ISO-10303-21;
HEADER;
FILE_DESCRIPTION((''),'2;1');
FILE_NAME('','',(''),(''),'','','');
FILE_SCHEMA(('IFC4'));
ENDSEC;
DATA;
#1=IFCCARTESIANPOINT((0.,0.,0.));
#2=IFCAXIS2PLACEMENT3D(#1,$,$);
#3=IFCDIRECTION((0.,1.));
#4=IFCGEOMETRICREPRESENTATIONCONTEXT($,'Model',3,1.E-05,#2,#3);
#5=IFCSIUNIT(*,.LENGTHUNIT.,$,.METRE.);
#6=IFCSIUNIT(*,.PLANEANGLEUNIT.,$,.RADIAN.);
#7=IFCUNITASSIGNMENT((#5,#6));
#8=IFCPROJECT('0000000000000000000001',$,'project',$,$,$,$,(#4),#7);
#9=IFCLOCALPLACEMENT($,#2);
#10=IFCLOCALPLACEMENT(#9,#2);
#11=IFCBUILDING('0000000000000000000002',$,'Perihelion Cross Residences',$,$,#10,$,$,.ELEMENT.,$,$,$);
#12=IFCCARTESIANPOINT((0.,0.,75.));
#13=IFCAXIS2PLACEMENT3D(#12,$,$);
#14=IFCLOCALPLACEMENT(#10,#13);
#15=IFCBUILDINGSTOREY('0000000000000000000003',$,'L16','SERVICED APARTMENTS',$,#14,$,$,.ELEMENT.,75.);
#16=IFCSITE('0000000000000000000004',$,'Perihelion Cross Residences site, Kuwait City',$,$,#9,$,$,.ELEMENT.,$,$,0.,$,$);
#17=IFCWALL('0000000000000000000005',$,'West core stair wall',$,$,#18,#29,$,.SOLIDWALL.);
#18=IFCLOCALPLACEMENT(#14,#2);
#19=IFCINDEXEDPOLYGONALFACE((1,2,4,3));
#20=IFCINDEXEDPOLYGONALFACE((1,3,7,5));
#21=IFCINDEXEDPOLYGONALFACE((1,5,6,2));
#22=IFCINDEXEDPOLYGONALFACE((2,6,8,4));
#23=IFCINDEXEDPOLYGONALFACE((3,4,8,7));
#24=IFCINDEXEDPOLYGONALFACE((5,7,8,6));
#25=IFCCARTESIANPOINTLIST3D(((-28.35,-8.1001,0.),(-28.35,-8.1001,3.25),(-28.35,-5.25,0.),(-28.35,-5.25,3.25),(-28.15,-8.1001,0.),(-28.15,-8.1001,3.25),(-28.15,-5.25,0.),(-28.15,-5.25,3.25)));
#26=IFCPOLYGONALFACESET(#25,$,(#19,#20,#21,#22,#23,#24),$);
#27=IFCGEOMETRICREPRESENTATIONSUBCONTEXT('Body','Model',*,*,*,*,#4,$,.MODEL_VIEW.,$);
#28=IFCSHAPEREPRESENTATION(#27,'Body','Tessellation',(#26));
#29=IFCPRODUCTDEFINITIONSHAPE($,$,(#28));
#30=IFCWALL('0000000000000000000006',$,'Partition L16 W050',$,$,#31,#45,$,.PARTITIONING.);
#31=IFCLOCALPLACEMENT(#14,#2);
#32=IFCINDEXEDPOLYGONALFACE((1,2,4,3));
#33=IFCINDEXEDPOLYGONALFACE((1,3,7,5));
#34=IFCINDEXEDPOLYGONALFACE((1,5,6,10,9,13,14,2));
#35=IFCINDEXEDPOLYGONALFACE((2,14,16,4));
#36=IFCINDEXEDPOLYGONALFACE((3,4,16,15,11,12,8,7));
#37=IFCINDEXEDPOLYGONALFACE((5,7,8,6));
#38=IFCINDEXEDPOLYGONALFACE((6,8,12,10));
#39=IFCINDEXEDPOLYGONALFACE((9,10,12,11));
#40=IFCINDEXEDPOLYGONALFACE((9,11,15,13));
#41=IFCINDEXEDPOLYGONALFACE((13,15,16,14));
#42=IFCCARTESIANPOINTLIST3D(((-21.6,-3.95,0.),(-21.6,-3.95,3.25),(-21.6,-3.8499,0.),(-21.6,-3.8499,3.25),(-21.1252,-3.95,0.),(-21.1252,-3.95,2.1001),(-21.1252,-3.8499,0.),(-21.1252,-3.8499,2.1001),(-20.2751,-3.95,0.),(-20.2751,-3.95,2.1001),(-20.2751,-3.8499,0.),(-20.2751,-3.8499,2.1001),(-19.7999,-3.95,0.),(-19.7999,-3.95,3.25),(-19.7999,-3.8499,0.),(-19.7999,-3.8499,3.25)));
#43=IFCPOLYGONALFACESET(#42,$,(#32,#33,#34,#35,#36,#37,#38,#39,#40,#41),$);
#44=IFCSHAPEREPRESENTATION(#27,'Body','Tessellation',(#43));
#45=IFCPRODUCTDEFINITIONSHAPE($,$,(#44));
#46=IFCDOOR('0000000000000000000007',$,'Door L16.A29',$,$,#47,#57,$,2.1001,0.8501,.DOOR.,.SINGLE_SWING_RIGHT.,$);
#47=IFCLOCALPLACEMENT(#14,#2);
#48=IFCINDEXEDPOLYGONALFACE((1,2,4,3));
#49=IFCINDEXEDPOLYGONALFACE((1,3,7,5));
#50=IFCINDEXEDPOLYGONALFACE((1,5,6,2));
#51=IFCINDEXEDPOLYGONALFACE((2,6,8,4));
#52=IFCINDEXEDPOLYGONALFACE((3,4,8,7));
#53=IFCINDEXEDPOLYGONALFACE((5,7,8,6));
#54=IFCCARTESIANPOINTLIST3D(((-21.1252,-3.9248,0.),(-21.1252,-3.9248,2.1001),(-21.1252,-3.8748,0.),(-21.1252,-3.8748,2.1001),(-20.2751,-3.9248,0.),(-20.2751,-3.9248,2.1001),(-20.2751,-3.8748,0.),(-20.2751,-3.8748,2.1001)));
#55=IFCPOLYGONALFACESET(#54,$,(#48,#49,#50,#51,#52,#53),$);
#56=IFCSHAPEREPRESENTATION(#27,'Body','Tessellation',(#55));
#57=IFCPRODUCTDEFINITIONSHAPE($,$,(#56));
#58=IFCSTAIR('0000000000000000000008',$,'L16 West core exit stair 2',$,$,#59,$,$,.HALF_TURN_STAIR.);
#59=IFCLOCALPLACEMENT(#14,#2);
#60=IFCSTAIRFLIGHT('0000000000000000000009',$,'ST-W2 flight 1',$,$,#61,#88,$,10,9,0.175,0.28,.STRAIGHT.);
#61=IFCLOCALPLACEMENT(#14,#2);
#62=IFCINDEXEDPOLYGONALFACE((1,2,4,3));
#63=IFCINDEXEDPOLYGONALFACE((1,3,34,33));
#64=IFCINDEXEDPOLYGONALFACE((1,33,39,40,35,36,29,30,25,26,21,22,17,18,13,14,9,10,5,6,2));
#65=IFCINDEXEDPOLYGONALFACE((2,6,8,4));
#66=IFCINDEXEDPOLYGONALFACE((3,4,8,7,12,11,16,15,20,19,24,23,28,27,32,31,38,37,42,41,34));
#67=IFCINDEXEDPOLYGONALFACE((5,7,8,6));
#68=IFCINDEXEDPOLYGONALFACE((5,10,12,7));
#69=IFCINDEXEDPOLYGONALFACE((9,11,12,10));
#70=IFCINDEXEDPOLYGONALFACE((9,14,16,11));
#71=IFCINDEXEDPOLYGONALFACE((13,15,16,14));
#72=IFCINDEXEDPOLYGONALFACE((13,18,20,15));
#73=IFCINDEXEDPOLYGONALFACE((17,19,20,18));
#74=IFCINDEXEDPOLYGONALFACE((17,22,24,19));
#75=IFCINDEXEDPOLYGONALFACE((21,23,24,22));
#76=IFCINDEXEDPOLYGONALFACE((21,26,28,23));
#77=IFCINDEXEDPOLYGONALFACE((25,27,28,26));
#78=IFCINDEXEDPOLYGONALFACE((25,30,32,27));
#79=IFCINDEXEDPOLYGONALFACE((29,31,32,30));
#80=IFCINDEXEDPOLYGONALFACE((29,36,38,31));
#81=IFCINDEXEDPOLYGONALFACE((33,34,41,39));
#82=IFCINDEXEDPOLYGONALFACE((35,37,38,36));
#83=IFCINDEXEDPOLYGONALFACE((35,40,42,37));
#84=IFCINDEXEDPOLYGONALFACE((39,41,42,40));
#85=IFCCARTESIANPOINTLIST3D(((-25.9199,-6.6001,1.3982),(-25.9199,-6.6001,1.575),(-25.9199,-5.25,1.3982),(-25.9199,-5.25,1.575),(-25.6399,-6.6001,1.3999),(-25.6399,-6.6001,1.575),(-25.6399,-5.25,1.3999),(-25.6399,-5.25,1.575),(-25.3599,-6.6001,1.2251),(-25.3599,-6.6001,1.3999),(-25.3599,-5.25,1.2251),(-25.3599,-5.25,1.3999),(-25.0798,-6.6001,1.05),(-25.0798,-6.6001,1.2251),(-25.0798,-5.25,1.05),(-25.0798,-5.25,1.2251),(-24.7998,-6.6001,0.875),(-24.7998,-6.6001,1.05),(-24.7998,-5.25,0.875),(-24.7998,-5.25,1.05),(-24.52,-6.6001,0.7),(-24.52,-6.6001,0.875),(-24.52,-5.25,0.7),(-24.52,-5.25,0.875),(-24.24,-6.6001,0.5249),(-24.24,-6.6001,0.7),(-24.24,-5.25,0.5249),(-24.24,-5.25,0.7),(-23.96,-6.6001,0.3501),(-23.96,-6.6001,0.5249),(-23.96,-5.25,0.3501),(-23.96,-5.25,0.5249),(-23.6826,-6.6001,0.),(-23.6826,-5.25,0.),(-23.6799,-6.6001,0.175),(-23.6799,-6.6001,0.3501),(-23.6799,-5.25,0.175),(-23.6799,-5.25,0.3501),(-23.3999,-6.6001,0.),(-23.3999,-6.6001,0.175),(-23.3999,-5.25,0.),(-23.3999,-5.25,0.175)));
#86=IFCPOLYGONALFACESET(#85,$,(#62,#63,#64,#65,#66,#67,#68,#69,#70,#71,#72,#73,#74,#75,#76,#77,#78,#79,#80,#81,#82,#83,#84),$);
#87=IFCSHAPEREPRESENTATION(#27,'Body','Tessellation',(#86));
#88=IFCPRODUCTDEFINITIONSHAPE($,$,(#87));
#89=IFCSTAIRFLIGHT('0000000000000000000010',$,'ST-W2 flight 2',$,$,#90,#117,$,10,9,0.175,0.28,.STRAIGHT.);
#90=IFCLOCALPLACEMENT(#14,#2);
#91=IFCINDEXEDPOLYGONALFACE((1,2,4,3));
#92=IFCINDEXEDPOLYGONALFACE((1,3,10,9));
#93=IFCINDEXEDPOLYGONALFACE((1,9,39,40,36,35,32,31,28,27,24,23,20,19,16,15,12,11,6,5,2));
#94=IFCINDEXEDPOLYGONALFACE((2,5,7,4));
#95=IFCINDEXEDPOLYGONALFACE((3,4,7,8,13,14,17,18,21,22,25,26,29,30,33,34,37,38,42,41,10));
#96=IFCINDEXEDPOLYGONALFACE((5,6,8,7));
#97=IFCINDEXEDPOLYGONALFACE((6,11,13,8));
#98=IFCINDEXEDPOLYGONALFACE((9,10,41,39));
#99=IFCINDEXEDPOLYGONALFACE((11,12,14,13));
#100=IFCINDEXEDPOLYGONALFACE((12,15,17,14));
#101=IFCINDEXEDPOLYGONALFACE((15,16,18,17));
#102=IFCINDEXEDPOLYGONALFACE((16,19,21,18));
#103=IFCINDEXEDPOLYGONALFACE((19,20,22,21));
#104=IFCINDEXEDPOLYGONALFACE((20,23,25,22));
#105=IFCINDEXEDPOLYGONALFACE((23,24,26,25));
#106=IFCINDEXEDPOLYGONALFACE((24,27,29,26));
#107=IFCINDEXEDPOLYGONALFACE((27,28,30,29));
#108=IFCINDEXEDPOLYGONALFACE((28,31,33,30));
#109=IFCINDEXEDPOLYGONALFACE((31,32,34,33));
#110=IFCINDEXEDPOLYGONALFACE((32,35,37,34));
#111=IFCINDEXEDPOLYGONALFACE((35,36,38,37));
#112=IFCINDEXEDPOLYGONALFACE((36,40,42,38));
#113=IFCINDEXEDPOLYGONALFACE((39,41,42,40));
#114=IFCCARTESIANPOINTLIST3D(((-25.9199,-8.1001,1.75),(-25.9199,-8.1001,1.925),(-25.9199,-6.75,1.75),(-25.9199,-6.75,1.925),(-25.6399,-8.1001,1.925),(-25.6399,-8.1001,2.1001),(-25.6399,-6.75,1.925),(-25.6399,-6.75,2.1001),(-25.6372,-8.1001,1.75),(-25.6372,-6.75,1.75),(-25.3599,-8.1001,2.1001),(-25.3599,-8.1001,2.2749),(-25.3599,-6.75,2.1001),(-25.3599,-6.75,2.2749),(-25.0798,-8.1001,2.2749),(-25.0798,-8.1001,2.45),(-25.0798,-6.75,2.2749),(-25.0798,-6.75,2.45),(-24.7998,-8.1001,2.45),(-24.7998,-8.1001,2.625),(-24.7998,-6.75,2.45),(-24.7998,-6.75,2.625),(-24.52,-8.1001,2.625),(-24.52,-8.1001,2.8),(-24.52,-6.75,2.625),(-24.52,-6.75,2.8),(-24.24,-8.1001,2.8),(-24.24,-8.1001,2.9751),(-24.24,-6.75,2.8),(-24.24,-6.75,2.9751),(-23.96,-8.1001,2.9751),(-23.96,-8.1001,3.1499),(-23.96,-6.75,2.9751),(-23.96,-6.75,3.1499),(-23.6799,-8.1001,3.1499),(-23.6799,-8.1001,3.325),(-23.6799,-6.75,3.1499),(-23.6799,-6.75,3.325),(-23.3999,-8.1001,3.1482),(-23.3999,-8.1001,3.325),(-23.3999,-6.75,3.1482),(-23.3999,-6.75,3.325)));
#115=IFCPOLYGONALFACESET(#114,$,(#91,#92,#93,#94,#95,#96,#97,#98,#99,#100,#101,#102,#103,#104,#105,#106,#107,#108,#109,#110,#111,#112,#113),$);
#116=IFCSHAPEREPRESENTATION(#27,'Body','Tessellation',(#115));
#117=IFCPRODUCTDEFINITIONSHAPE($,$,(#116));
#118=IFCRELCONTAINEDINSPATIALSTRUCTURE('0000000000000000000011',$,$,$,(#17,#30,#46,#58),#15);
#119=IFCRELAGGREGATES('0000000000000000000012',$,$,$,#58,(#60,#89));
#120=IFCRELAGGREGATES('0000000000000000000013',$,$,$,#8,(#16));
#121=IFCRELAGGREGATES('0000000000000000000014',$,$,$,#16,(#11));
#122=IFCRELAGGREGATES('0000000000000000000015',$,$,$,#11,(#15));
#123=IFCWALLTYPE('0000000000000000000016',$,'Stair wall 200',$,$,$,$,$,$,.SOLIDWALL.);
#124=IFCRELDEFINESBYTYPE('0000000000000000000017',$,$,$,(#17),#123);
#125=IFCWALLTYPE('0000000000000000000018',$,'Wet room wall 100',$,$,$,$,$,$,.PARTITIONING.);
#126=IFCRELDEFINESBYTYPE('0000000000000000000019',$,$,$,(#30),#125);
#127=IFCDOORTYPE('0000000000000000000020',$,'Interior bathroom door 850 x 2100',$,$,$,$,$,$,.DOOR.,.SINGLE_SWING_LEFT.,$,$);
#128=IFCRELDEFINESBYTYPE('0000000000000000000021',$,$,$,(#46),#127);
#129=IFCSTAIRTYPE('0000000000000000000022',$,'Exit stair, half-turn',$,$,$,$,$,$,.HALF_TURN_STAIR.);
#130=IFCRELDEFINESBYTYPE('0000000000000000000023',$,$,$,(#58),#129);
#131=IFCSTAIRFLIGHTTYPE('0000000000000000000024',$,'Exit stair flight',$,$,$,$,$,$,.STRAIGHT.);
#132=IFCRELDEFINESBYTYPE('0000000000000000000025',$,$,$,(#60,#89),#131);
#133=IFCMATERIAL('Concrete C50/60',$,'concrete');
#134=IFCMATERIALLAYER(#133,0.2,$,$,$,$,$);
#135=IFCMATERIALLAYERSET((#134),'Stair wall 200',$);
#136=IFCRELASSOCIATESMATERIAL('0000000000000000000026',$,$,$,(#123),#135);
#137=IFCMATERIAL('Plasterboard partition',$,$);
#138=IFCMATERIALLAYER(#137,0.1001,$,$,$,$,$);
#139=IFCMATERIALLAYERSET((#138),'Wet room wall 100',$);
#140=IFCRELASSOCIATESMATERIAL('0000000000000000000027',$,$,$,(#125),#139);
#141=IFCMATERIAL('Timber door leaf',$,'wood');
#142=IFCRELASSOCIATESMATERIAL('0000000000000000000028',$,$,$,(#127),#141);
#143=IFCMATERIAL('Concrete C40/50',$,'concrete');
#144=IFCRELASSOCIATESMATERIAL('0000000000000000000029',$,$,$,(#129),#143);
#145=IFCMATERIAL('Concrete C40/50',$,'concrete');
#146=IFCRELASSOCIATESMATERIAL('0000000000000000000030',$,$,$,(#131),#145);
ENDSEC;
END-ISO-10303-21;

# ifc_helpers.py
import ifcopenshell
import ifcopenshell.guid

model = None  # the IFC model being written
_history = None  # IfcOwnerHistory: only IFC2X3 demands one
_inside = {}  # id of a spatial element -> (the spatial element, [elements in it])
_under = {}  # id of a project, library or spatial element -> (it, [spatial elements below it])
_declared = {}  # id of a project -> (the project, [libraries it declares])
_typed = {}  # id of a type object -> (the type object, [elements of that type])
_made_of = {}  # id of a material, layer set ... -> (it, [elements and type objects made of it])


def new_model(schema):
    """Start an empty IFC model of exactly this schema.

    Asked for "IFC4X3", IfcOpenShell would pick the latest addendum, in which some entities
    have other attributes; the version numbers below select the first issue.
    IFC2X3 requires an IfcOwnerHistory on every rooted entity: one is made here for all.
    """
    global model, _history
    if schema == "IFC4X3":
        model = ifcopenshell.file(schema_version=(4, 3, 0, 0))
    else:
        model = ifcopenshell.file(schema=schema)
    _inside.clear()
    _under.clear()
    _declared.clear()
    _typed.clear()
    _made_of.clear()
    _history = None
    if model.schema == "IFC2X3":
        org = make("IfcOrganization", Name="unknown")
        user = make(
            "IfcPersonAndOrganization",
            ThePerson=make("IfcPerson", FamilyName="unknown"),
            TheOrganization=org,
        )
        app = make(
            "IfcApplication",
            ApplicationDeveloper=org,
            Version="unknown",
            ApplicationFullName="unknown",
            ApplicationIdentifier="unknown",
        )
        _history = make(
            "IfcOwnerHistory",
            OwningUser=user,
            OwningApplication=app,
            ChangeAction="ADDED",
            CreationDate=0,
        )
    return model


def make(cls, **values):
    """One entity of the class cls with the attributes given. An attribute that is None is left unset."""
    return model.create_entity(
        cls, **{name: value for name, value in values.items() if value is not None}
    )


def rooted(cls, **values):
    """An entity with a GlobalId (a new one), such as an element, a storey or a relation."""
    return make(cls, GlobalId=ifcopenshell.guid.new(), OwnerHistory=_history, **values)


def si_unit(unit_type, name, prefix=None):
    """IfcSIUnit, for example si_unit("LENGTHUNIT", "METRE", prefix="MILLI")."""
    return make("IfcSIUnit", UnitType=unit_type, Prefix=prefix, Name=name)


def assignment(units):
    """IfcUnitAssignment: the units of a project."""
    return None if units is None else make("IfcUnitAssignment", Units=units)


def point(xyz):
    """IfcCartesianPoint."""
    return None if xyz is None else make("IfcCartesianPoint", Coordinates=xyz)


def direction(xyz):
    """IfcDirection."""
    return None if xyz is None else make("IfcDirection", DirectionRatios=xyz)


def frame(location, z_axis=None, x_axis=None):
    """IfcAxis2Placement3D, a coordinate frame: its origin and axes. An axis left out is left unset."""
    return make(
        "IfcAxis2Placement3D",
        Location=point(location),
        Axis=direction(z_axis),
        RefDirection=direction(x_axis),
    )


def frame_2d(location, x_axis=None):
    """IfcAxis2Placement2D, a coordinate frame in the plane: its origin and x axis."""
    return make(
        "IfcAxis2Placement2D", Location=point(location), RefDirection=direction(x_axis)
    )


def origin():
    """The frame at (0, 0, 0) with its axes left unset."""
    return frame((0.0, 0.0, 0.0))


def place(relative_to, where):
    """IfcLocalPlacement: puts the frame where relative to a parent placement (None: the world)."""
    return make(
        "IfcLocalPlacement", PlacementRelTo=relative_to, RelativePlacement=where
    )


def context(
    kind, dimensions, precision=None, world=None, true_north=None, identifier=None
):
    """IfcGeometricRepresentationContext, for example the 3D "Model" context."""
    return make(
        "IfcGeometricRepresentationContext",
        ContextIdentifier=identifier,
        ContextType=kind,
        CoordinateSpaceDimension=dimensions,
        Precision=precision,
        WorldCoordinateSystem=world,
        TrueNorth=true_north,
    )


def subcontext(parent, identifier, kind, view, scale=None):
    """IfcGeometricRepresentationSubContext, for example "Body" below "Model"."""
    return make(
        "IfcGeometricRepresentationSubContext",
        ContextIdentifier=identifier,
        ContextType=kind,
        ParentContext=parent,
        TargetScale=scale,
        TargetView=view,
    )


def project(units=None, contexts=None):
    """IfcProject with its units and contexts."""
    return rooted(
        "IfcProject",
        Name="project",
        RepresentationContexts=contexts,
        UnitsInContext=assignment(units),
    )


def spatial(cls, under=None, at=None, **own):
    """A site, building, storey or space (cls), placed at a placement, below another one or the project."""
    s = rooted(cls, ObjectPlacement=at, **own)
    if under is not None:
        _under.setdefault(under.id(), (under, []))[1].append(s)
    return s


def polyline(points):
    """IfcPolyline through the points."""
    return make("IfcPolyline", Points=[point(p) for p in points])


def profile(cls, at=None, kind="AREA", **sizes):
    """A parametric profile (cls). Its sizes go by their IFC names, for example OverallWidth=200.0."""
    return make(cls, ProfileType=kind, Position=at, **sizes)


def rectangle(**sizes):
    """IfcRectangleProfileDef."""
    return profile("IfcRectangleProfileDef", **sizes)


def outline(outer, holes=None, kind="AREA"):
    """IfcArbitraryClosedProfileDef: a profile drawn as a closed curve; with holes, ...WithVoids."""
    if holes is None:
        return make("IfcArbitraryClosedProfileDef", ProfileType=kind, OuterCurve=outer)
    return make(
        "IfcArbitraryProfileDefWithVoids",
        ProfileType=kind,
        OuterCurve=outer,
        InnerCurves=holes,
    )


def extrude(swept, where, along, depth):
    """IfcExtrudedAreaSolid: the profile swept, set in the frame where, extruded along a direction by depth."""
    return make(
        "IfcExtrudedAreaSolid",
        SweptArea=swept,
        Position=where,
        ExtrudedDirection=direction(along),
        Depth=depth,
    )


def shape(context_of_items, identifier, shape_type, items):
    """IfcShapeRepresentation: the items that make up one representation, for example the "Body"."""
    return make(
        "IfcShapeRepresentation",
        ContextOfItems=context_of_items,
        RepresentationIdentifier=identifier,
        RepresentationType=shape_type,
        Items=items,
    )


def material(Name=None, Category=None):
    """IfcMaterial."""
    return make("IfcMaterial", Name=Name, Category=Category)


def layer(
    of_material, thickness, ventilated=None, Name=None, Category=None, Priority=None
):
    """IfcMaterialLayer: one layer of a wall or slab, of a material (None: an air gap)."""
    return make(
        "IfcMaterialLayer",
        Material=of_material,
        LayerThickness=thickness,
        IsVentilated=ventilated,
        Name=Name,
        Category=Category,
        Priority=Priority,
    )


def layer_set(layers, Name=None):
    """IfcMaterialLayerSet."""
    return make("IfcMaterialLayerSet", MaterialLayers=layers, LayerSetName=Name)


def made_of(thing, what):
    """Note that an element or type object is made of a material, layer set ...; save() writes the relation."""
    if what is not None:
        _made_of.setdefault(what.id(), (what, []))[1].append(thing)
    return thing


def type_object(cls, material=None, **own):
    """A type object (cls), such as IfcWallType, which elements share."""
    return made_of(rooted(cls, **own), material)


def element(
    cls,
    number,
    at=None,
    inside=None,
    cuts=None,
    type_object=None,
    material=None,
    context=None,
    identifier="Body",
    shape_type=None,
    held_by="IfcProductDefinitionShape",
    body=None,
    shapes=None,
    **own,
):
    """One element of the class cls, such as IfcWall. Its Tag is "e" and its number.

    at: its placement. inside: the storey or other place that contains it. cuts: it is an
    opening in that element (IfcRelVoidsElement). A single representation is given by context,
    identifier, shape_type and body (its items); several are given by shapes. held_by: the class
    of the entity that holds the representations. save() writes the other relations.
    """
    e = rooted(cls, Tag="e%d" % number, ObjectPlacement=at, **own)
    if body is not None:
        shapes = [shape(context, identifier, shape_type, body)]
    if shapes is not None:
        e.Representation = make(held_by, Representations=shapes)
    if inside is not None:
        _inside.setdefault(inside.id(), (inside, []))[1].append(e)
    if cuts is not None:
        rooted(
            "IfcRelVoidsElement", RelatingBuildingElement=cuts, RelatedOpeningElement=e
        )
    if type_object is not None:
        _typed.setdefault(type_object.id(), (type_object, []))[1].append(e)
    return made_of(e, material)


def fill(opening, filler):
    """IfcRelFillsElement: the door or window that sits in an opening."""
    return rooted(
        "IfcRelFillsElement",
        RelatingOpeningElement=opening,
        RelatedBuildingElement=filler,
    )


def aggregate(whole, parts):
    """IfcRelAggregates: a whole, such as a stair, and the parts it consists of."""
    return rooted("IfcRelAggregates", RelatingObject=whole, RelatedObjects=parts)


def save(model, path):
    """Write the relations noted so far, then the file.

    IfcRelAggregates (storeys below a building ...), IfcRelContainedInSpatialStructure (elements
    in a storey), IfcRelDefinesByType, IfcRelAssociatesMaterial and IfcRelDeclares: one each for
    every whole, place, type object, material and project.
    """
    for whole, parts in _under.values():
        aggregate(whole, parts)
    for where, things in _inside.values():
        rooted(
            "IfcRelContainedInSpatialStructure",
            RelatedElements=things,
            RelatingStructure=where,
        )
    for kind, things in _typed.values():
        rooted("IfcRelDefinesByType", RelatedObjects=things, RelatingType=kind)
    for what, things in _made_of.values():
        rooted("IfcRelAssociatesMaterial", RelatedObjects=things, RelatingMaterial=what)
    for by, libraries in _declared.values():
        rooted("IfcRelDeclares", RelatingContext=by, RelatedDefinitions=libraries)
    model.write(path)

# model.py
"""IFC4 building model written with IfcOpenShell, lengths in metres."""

from ifc_helpers import new_model, si_unit, direction, frame, frame_2d, origin, place, context, subcontext, project, spatial, polyline, rectangle, outline, extrude, material, layer, layer_set, type_object, element, fill, aggregate, save


model = new_model("IFC4")

# Units and contexts
model_context = context("Model", 3, precision=1e-05, world=origin(), true_north=direction((0.0, 1.0)))
body_context = subcontext(model_context, "Body", "Model", "MODEL_VIEW")
ifc_project = project(units=[si_unit("LENGTHUNIT", "METRE"), si_unit("PLANEANGLEUNIT", "RADIAN")], contexts=[model_context])

# Site, building, storey
site_placement = place(None, origin())
site = spatial("IfcSite", under=ifc_project, at=site_placement, Name="Perihelion Cross Residences site, Kuwait City", CompositionType="ELEMENT", RefElevation=0.0)
building_placement = place(site_placement, origin())
building = spatial("IfcBuilding", under=site, at=building_placement, Name="Perihelion Cross Residences", CompositionType="ELEMENT")
storey_placement = place(building_placement, frame((0.0, 0.0, 75.0)))
storey = spatial("IfcBuildingStorey", under=building, at=storey_placement, Name="L16", Description="SERVICED APARTMENTS", CompositionType="ELEMENT", Elevation=75.0)

# Shared definitions
ifc_material_1 = material(Name="Concrete C50/60", Category="concrete")
ifc_layer_1 = layer(ifc_material_1, 0.2)
ifc_layer_set_1 = layer_set([ifc_layer_1], Name="Stair wall 200")
wall_type_1 = type_object("IfcWallType", Name="Stair wall 200", PredefinedType="SOLIDWALL", material=ifc_layer_set_1)

# Wall
wall_1_placement = place(storey_placement, frame((-28.25, -8.1001, 0.0), z_axis=(0.0, 0.0, 1.0), x_axis=(0.0, 1.0, 0.0)))
element("IfcWall", 1, at=wall_1_placement, inside=storey, type_object=wall_type_1, Name="West core stair wall", PredefinedType="SOLIDWALL", context=body_context, shape_type="SweptSolid", body=[
    extrude(rectangle(XDim=2.8501, YDim=0.2, at=frame_2d((1.425, 0.0))), origin(), (0.0, 0.0, 1.0), 3.25),
])

# Wall, opening, door
ifc_material_2 = material(Name="Plasterboard partition")
ifc_layer_2 = layer(ifc_material_2, 0.1001)
ifc_layer_set_2 = layer_set([ifc_layer_2], Name="Wet room wall 100")
wall_type_2 = type_object("IfcWallType", Name="Wet room wall 100", PredefinedType="PARTITIONING", material=ifc_layer_set_2)
wall_2_placement = place(storey_placement, frame((-19.8, -3.8999, 0.0), z_axis=(0.0, 0.0, 1.0), x_axis=(-1.0, 0.0, 0.0)))
wall_2 = element("IfcWall", 2, at=wall_2_placement, inside=storey, type_object=wall_type_2, Name="Partition L16 W050", PredefinedType="PARTITIONING", context=body_context, shape_type="SweptSolid", body=[
    extrude(rectangle(XDim=1.8, YDim=0.1001, at=frame_2d((0.8999, 0.0))), origin(), (0.0, 0.0, 1.0), 3.25),
])
opening_1_placement = place(wall_2_placement, frame((0.4751, 0.0, 0.0)))
opening_1 = element("IfcOpeningElement", 3, at=opening_1_placement, cuts=wall_2, PredefinedType="OPENING", context=body_context, shape_type="SweptSolid", body=[
    extrude(rectangle(XDim=0.8501, YDim=2.1001, at=frame_2d((0.425, 1.05))), frame((0.0, 0.0601, 0.0), z_axis=(0.0, -1.0, 0.0), x_axis=(1.0, 0.0, 0.0)), (0.0, 0.0, 1.0), 0.1201),
])
ifc_material_3 = material(Name="Timber door leaf", Category="wood")
door_type_1 = type_object("IfcDoorType", Name="Interior bathroom door 850 x 2100", OperationType="SINGLE_SWING_LEFT", PredefinedType="DOOR", material=ifc_material_3)
door_1_placement = place(opening_1_placement, origin())
door_1 = element("IfcDoor", 4, at=door_1_placement, inside=storey, type_object=door_type_1, Name="Door L16.A29", OperationType="SINGLE_SWING_RIGHT", OverallHeight=2.1001, OverallWidth=0.8501, PredefinedType="DOOR", context=body_context, shape_type="SweptSolid", body=[
    extrude(rectangle(XDim=0.8501, YDim=2.1001, at=frame_2d((0.425, 1.05))), frame((0.0, 0.0249, 0.0), z_axis=(0.0, -1.0, 0.0), x_axis=(1.0, 0.0, 0.0)), (0.0, 0.0, 1.0), 0.05),
])
fill(opening_1, door_1)

# Stair, stair flights
ifc_material_4 = material(Name="Concrete C40/50", Category="concrete")
stair_type = type_object("IfcStairType", Name="Exit stair, half-turn", PredefinedType="HALF_TURN_STAIR", material=ifc_material_4)
stair_placement = place(storey_placement, origin())
stair = element("IfcStair", 5, at=stair_placement, inside=storey, type_object=stair_type, Name="L16 West core exit stair 2", PredefinedType="HALF_TURN_STAIR")
ifc_material_5 = material(Name="Concrete C40/50", Category="concrete")
stair_flight_type = type_object("IfcStairFlightType", Name="Exit stair flight", PredefinedType="STRAIGHT", material=ifc_material_5)
stair_flight_1_placement = place(storey_placement, frame((-23.3999, -5.925, 0.0), z_axis=(0.0, 0.0, 1.0), x_axis=(-1.0, 0.0, 0.0)))
stair_flight_1 = element("IfcStairFlight", 6, at=stair_flight_1_placement, type_object=stair_flight_type, Name="ST-W2 flight 1", NumberOfRisers=10, NumberOfTreads=9, PredefinedType="STRAIGHT", RiserHeight=0.175, TreadLength=0.28, context=body_context, shape_type="SweptSolid", body=[
    extrude(outline(polyline([(0.0, 0.0), (0.0, 0.175), (0.28, 0.175), (0.28, 0.3501), (0.5601, 0.3501), (0.5601, 0.5249), (0.8401, 0.5249), (0.8401, 0.7), (1.1201, 0.7), (1.1201, 0.875), (1.3999, 0.875), (1.3999, 1.05), (1.6799, 1.05), (1.6799, 1.2251), (1.96, 1.2251), (1.96, 1.3999), (2.24, 1.3999), (2.24, 1.575), (2.52, 1.575), (2.52, 1.75), (2.52, 1.3982), (0.2827, 0.0), (0.0, 0.0)])), frame((0.0, 0.675, 0.0), z_axis=(0.0, -1.0, 0.0), x_axis=(1.0, 0.0, 0.0)), (0.0, 0.0, 1.0), 1.3501),
])
stair_flight_2_placement = place(storey_placement, frame((-25.9199, -7.425, 1.75), z_axis=(0.0, 0.0, 1.0), x_axis=(1.0, 0.0, 0.0)))
stair_flight_2 = element("IfcStairFlight", 7, at=stair_flight_2_placement, type_object=stair_flight_type, Name="ST-W2 flight 2", NumberOfRisers=10, NumberOfTreads=9, PredefinedType="STRAIGHT", RiserHeight=0.175, TreadLength=0.28, context=body_context, shape_type="SweptSolid", body=[
    extrude(outline(polyline([(0.0, 0.0), (0.0, 0.175), (0.28, 0.175), (0.28, 0.3501), (0.5601, 0.3501), (0.5601, 0.5249), (0.8401, 0.5249), (0.8401, 0.7), (1.1201, 0.7), (1.1201, 0.875), (1.3999, 0.875), (1.3999, 1.05), (1.6799, 1.05), (1.6799, 1.2251), (1.96, 1.2251), (1.96, 1.3999), (2.24, 1.3999), (2.24, 1.575), (2.52, 1.575), (2.52, 1.75), (2.52, 1.3982), (0.2827, 0.0), (0.0, 0.0)])), frame((0.0, 0.675, 0.0), z_axis=(0.0, -1.0, 0.0), x_axis=(1.0, 0.0, 0.0)), (0.0, 0.0, 1.0), 1.3501),
])
aggregate(stair, [stair_flight_1, stair_flight_2])

save(model, "model.ifc")
